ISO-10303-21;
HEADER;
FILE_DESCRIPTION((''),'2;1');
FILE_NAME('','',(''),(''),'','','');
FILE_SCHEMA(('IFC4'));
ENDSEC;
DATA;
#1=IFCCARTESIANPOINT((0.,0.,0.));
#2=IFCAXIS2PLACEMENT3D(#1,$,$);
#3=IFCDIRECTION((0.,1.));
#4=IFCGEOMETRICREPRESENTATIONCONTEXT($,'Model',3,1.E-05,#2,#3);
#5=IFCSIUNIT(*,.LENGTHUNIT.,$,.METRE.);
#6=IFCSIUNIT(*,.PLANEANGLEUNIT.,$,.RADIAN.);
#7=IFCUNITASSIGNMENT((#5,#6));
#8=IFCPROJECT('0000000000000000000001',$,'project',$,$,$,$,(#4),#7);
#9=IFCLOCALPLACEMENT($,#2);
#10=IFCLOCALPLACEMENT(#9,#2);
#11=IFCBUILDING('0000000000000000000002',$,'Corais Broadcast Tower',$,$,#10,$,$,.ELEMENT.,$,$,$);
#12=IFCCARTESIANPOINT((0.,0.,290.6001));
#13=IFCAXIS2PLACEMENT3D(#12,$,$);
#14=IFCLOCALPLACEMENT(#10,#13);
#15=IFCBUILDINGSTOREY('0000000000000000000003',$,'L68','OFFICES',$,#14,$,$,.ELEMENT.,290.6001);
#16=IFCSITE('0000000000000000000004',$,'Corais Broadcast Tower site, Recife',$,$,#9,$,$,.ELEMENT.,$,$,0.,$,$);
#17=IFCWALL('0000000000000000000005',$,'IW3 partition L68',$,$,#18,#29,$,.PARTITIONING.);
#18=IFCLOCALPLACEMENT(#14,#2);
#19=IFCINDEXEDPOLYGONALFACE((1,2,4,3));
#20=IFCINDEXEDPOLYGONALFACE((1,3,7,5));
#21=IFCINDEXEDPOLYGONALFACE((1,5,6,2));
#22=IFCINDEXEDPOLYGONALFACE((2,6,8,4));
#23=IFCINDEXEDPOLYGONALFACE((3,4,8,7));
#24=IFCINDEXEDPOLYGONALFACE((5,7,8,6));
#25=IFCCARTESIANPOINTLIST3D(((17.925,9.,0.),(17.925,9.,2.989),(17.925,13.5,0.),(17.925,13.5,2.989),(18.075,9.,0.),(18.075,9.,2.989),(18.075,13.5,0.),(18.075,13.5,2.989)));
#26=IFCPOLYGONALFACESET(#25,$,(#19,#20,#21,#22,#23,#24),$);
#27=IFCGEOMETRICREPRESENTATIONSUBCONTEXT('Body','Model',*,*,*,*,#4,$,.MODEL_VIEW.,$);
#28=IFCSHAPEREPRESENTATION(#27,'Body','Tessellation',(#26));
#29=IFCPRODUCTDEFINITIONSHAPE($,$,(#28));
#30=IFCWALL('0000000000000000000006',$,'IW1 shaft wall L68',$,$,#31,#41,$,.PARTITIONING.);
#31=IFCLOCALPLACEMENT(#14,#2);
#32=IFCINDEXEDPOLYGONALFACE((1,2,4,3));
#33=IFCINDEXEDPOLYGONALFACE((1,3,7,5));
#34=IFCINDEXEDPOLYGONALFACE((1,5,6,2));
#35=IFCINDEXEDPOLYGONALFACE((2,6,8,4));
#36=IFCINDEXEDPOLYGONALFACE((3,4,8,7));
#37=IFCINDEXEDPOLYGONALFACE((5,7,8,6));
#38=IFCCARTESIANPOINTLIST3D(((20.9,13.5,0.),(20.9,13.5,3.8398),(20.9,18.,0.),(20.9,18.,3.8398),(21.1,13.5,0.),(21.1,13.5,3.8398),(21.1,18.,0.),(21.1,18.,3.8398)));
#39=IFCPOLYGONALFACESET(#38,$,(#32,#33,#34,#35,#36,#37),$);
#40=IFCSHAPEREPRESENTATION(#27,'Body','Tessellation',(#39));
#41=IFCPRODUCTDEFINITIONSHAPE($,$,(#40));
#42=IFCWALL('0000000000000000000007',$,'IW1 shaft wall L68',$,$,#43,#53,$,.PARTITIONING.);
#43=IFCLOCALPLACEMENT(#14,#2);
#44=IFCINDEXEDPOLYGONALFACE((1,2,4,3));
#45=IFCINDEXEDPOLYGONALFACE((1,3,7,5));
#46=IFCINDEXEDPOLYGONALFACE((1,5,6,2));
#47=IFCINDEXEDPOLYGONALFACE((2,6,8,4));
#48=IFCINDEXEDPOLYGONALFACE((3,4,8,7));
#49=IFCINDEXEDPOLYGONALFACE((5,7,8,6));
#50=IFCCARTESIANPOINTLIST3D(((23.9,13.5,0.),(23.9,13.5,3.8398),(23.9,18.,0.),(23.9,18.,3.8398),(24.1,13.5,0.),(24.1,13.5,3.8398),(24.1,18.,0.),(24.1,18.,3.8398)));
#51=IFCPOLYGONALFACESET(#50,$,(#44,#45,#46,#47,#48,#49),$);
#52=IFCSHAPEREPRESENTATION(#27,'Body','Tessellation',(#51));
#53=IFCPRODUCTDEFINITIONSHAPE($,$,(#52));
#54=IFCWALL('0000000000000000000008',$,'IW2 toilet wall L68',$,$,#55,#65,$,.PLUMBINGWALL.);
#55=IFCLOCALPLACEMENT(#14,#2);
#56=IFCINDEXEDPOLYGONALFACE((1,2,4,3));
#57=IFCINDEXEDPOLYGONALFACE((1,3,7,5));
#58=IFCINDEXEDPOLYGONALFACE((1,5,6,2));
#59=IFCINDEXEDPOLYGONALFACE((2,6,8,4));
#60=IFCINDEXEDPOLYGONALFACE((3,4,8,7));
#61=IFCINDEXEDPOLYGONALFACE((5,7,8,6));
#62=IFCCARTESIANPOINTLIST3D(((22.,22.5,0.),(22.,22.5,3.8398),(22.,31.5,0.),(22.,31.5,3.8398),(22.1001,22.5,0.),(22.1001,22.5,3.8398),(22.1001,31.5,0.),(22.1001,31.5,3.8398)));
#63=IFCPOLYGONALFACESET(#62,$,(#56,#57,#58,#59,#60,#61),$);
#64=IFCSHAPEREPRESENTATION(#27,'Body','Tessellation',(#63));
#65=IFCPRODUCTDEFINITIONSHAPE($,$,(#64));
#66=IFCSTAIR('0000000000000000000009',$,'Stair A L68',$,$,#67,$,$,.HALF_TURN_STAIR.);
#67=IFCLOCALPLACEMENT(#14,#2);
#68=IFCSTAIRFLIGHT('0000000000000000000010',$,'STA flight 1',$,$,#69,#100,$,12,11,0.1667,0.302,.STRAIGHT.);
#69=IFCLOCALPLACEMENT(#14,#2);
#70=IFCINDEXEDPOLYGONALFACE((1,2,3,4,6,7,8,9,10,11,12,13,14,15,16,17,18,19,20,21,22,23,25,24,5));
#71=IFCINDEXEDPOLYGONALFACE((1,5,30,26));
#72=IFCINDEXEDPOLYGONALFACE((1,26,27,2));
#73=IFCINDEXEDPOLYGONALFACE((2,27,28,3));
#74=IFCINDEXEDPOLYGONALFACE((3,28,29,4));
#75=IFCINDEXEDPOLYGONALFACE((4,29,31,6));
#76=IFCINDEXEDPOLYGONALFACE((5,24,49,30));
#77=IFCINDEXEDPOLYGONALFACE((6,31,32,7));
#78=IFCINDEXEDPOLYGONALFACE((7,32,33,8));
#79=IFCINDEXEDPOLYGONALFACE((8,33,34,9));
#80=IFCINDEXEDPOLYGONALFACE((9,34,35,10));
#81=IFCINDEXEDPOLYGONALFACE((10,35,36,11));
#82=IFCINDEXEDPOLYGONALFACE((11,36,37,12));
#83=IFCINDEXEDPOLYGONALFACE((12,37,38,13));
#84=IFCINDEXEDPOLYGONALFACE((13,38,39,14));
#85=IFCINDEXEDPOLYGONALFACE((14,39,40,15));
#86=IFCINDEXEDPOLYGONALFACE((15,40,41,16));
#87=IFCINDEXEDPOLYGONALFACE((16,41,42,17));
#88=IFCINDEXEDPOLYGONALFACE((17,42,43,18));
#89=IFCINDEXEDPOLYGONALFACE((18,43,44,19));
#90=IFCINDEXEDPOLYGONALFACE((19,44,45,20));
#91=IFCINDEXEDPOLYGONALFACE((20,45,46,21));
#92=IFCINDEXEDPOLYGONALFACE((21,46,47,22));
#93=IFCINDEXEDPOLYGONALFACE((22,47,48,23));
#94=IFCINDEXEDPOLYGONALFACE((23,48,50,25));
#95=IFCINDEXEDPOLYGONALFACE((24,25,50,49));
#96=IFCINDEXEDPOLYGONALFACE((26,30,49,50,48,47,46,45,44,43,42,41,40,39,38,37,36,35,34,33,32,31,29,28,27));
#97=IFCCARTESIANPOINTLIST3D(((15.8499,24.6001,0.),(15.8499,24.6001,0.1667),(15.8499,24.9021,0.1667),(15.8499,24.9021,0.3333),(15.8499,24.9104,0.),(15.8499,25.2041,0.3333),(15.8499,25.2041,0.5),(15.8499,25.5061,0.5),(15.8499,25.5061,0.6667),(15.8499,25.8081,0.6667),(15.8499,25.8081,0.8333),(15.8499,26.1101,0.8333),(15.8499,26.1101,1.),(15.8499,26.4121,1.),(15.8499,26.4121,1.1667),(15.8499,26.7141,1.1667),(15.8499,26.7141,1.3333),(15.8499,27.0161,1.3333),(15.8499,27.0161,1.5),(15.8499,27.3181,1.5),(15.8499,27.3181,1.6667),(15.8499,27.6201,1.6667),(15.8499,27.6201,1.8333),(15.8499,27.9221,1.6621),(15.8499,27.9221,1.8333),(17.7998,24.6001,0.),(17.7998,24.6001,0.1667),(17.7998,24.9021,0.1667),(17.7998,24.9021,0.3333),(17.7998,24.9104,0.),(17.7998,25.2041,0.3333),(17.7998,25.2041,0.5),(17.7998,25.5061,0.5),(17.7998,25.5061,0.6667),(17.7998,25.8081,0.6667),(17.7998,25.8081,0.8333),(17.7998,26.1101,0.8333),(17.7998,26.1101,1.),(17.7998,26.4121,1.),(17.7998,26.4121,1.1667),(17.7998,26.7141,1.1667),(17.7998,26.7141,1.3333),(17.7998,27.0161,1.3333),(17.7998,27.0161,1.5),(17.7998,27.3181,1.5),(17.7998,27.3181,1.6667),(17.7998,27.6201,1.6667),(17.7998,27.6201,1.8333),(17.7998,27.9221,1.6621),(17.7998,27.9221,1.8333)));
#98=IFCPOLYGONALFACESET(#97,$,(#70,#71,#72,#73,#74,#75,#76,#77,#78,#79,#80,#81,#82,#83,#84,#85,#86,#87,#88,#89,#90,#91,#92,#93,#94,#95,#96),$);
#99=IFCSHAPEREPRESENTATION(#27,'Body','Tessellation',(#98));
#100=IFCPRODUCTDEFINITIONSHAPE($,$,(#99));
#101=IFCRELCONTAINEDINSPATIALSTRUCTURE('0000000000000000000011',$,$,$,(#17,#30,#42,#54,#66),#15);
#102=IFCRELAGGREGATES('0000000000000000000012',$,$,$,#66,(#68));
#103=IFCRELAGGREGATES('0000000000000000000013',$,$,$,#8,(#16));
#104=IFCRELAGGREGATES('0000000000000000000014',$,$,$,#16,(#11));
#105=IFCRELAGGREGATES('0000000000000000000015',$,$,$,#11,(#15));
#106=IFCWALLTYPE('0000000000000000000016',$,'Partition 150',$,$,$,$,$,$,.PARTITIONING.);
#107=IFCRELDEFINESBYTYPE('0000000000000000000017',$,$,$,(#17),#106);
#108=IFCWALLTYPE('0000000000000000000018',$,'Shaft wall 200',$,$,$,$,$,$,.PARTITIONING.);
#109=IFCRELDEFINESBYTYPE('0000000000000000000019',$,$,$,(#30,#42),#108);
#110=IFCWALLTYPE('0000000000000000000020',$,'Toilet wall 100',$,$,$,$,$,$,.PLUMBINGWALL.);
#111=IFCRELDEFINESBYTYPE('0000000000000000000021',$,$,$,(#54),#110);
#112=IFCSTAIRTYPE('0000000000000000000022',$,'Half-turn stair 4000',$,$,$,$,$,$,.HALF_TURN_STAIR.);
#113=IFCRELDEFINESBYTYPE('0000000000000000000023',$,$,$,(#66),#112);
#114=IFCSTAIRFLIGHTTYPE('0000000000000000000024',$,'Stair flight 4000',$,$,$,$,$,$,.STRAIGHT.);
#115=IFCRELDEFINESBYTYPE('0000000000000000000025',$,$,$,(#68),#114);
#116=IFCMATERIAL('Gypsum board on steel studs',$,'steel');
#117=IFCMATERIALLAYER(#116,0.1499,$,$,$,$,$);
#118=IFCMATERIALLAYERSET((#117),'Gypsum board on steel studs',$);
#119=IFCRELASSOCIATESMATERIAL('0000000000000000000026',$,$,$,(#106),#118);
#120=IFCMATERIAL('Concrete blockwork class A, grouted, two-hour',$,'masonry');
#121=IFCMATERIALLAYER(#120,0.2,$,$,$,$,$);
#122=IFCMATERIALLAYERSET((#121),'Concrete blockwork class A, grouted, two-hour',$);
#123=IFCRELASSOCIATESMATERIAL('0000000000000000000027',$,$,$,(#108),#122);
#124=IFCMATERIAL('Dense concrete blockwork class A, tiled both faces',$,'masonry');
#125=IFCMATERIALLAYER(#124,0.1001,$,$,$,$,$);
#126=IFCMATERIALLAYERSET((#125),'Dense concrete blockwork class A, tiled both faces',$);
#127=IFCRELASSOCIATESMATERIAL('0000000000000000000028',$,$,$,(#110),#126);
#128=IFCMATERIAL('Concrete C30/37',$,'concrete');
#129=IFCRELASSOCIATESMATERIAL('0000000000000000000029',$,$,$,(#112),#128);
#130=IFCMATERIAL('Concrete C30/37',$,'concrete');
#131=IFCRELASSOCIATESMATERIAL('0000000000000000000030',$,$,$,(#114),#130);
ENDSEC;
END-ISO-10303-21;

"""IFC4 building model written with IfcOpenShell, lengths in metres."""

from ifc_helpers import new_model, si_unit, direction, frame, frame_2d, origin, place, context, subcontext, project, spatial, polyline, rectangle, outline, extrude, material, layer, layer_set, type_object, element, aggregate, save


model = new_model("IFC4")

# Units and contexts
model_context = context("Model", 3, precision=1e-05, world=origin(), true_north=direction((0.0, 1.0)))
body_context = subcontext(model_context, "Body", "Model", "MODEL_VIEW")
ifc_project = project(units=[si_unit("LENGTHUNIT", "METRE"), si_unit("PLANEANGLEUNIT", "RADIAN")], contexts=[model_context])

# Site, building, storey
site_placement = place(None, origin())
site = spatial("IfcSite", under=ifc_project, at=site_placement, Name="Corais Broadcast Tower site, Recife", CompositionType="ELEMENT", RefElevation=0.0)
building_placement = place(site_placement, origin())
building = spatial("IfcBuilding", under=site, at=building_placement, Name="Corais Broadcast Tower", CompositionType="ELEMENT")
storey_placement = place(building_placement, frame((0.0, 0.0, 290.6001)))
storey = spatial("IfcBuildingStorey", under=building, at=storey_placement, Name="L68", Description="OFFICES", CompositionType="ELEMENT", Elevation=290.6001)

# Walls
ifc_material_1 = material(Name="Gypsum board on steel studs", Category="steel")
ifc_layer_1 = layer(ifc_material_1, 0.1499)
ifc_layer_set_1 = layer_set([ifc_layer_1], Name="Gypsum board on steel studs")
wall_type_1 = type_object("IfcWallType", Name="Partition 150", PredefinedType="PARTITIONING", material=ifc_layer_set_1)
wall_1_placement = place(storey_placement, frame((18.0, 13.5, 0.0), z_axis=(0.0, 0.0, 1.0), x_axis=(0.0, -1.0, 0.0)))
element("IfcWall", 1, at=wall_1_placement, inside=storey, type_object=wall_type_1, Name="IW3 partition L68", PredefinedType="PARTITIONING", context=body_context, shape_type="SweptSolid", body=[
    extrude(rectangle(XDim=4.5, YDim=0.1499, at=frame_2d((2.25, 0.0))), origin(), (0.0, 0.0, 1.0), 2.989),
])
ifc_material_2 = material(Name="Concrete blockwork class A, grouted, two-hour", Category="masonry")
ifc_layer_2 = layer(ifc_material_2, 0.2)
ifc_layer_set_2 = layer_set([ifc_layer_2], Name="Concrete blockwork class A, grouted, two-hour")
wall_type_2 = type_object("IfcWallType", Name="Shaft wall 200", PredefinedType="PARTITIONING", material=ifc_layer_set_2)
for number, where, z_axis, x_axis, name in (
    (2, (21.0, 13.5, 0.0), (0.0, 0.0, 1.0), (0.0, 1.0, 0.0), "IW1 shaft wall L68"),
    (3, (24.0, 13.5, 0.0), (0.0, 0.0, 1.0), (0.0, 1.0, 0.0), "IW1 shaft wall L68"),
):
    element("IfcWall", number, at=place(storey_placement, frame(where, z_axis=z_axis, x_axis=x_axis)), inside=storey, type_object=wall_type_2, Name=name, PredefinedType="PARTITIONING", context=body_context, shape_type="SweptSolid", body=[
        extrude(rectangle(XDim=4.5, YDim=0.2, at=frame_2d((2.25, 0.0))), origin(), (0.0, 0.0, 1.0), 3.8398),
    ])
ifc_material_3 = material(Name="Dense concrete blockwork class A, tiled both faces", Category="masonry")
ifc_layer_3 = layer(ifc_material_3, 0.1001)
ifc_layer_set_3 = layer_set([ifc_layer_3], Name="Dense concrete blockwork class A, tiled both faces")
wall_type_3 = type_object("IfcWallType", Name="Toilet wall 100", PredefinedType="PLUMBINGWALL", material=ifc_layer_set_3)
wall_2_placement = place(storey_placement, frame((22.05, 22.5, 0.0), z_axis=(0.0, 0.0, 1.0), x_axis=(0.0, 1.0, 0.0)))
element("IfcWall", 4, at=wall_2_placement, inside=storey, type_object=wall_type_3, Name="IW2 toilet wall L68", PredefinedType="PLUMBINGWALL", context=body_context, shape_type="SweptSolid", body=[
    extrude(rectangle(XDim=9.0, YDim=0.1001, at=frame_2d((4.5, 0.0))), origin(), (0.0, 0.0, 1.0), 3.8398),
])

# Stair, stair flight
ifc_material_4 = material(Name="Concrete C30/37", Category="concrete")
stair_type = type_object("IfcStairType", Name="Half-turn stair 4000", PredefinedType="HALF_TURN_STAIR", material=ifc_material_4)
stair_placement = place(storey_placement, origin())
stair = element("IfcStair", 5, at=stair_placement, inside=storey, type_object=stair_type, Name="Stair A L68", PredefinedType="HALF_TURN_STAIR")
ifc_material_5 = material(Name="Concrete C30/37", Category="concrete")
stair_flight_type = type_object("IfcStairFlightType", Name="Stair flight 4000", PredefinedType="STRAIGHT", material=ifc_material_5)
stair_flight_placement = place(storey_placement, frame((16.825, 24.6001, 0.0), z_axis=(0.0, 0.0, 1.0), x_axis=(0.0, 1.0, 0.0)))
stair_flight = element("IfcStairFlight", 6, at=stair_flight_placement, type_object=stair_flight_type, Name="STA flight 1", NumberOfRisers=12, NumberOfTreads=11, PredefinedType="STRAIGHT", RiserHeight=0.1667, TreadLength=0.302, context=body_context, shape_type="SweptSolid", body=[
    extrude(outline(polyline([(0.0, 0.0), (0.0, 0.1667), (0.302, 0.1667), (0.302, 0.3333), (0.604, 0.3333), (0.604, 0.5), (0.906, 0.5), (0.906, 0.6667), (1.208, 0.6667), (1.208, 0.8333), (1.51, 0.8333), (1.51, 1.0), (1.812, 1.0), (1.812, 1.1667), (2.114, 1.1667), (2.114, 1.3333), (2.416, 1.3333), (2.416, 1.5), (2.718, 1.5), (2.718, 1.6667), (3.02, 1.6667), (3.02, 1.8333), (3.322, 1.8333), (3.322, 2.0), (3.322, 1.6621), (0.3103, 0.0), (0.0, 0.0)])), frame((0.0, 0.9751, 0.0), z_axis=(0.0, -1.0, 0.0), x_axis=(1.0, 0.0, 0.0)), (0.0, 0.0, 1.0), 1.95),
])
aggregate(stair, [stair_flight])

save(model, "model.ifc")
